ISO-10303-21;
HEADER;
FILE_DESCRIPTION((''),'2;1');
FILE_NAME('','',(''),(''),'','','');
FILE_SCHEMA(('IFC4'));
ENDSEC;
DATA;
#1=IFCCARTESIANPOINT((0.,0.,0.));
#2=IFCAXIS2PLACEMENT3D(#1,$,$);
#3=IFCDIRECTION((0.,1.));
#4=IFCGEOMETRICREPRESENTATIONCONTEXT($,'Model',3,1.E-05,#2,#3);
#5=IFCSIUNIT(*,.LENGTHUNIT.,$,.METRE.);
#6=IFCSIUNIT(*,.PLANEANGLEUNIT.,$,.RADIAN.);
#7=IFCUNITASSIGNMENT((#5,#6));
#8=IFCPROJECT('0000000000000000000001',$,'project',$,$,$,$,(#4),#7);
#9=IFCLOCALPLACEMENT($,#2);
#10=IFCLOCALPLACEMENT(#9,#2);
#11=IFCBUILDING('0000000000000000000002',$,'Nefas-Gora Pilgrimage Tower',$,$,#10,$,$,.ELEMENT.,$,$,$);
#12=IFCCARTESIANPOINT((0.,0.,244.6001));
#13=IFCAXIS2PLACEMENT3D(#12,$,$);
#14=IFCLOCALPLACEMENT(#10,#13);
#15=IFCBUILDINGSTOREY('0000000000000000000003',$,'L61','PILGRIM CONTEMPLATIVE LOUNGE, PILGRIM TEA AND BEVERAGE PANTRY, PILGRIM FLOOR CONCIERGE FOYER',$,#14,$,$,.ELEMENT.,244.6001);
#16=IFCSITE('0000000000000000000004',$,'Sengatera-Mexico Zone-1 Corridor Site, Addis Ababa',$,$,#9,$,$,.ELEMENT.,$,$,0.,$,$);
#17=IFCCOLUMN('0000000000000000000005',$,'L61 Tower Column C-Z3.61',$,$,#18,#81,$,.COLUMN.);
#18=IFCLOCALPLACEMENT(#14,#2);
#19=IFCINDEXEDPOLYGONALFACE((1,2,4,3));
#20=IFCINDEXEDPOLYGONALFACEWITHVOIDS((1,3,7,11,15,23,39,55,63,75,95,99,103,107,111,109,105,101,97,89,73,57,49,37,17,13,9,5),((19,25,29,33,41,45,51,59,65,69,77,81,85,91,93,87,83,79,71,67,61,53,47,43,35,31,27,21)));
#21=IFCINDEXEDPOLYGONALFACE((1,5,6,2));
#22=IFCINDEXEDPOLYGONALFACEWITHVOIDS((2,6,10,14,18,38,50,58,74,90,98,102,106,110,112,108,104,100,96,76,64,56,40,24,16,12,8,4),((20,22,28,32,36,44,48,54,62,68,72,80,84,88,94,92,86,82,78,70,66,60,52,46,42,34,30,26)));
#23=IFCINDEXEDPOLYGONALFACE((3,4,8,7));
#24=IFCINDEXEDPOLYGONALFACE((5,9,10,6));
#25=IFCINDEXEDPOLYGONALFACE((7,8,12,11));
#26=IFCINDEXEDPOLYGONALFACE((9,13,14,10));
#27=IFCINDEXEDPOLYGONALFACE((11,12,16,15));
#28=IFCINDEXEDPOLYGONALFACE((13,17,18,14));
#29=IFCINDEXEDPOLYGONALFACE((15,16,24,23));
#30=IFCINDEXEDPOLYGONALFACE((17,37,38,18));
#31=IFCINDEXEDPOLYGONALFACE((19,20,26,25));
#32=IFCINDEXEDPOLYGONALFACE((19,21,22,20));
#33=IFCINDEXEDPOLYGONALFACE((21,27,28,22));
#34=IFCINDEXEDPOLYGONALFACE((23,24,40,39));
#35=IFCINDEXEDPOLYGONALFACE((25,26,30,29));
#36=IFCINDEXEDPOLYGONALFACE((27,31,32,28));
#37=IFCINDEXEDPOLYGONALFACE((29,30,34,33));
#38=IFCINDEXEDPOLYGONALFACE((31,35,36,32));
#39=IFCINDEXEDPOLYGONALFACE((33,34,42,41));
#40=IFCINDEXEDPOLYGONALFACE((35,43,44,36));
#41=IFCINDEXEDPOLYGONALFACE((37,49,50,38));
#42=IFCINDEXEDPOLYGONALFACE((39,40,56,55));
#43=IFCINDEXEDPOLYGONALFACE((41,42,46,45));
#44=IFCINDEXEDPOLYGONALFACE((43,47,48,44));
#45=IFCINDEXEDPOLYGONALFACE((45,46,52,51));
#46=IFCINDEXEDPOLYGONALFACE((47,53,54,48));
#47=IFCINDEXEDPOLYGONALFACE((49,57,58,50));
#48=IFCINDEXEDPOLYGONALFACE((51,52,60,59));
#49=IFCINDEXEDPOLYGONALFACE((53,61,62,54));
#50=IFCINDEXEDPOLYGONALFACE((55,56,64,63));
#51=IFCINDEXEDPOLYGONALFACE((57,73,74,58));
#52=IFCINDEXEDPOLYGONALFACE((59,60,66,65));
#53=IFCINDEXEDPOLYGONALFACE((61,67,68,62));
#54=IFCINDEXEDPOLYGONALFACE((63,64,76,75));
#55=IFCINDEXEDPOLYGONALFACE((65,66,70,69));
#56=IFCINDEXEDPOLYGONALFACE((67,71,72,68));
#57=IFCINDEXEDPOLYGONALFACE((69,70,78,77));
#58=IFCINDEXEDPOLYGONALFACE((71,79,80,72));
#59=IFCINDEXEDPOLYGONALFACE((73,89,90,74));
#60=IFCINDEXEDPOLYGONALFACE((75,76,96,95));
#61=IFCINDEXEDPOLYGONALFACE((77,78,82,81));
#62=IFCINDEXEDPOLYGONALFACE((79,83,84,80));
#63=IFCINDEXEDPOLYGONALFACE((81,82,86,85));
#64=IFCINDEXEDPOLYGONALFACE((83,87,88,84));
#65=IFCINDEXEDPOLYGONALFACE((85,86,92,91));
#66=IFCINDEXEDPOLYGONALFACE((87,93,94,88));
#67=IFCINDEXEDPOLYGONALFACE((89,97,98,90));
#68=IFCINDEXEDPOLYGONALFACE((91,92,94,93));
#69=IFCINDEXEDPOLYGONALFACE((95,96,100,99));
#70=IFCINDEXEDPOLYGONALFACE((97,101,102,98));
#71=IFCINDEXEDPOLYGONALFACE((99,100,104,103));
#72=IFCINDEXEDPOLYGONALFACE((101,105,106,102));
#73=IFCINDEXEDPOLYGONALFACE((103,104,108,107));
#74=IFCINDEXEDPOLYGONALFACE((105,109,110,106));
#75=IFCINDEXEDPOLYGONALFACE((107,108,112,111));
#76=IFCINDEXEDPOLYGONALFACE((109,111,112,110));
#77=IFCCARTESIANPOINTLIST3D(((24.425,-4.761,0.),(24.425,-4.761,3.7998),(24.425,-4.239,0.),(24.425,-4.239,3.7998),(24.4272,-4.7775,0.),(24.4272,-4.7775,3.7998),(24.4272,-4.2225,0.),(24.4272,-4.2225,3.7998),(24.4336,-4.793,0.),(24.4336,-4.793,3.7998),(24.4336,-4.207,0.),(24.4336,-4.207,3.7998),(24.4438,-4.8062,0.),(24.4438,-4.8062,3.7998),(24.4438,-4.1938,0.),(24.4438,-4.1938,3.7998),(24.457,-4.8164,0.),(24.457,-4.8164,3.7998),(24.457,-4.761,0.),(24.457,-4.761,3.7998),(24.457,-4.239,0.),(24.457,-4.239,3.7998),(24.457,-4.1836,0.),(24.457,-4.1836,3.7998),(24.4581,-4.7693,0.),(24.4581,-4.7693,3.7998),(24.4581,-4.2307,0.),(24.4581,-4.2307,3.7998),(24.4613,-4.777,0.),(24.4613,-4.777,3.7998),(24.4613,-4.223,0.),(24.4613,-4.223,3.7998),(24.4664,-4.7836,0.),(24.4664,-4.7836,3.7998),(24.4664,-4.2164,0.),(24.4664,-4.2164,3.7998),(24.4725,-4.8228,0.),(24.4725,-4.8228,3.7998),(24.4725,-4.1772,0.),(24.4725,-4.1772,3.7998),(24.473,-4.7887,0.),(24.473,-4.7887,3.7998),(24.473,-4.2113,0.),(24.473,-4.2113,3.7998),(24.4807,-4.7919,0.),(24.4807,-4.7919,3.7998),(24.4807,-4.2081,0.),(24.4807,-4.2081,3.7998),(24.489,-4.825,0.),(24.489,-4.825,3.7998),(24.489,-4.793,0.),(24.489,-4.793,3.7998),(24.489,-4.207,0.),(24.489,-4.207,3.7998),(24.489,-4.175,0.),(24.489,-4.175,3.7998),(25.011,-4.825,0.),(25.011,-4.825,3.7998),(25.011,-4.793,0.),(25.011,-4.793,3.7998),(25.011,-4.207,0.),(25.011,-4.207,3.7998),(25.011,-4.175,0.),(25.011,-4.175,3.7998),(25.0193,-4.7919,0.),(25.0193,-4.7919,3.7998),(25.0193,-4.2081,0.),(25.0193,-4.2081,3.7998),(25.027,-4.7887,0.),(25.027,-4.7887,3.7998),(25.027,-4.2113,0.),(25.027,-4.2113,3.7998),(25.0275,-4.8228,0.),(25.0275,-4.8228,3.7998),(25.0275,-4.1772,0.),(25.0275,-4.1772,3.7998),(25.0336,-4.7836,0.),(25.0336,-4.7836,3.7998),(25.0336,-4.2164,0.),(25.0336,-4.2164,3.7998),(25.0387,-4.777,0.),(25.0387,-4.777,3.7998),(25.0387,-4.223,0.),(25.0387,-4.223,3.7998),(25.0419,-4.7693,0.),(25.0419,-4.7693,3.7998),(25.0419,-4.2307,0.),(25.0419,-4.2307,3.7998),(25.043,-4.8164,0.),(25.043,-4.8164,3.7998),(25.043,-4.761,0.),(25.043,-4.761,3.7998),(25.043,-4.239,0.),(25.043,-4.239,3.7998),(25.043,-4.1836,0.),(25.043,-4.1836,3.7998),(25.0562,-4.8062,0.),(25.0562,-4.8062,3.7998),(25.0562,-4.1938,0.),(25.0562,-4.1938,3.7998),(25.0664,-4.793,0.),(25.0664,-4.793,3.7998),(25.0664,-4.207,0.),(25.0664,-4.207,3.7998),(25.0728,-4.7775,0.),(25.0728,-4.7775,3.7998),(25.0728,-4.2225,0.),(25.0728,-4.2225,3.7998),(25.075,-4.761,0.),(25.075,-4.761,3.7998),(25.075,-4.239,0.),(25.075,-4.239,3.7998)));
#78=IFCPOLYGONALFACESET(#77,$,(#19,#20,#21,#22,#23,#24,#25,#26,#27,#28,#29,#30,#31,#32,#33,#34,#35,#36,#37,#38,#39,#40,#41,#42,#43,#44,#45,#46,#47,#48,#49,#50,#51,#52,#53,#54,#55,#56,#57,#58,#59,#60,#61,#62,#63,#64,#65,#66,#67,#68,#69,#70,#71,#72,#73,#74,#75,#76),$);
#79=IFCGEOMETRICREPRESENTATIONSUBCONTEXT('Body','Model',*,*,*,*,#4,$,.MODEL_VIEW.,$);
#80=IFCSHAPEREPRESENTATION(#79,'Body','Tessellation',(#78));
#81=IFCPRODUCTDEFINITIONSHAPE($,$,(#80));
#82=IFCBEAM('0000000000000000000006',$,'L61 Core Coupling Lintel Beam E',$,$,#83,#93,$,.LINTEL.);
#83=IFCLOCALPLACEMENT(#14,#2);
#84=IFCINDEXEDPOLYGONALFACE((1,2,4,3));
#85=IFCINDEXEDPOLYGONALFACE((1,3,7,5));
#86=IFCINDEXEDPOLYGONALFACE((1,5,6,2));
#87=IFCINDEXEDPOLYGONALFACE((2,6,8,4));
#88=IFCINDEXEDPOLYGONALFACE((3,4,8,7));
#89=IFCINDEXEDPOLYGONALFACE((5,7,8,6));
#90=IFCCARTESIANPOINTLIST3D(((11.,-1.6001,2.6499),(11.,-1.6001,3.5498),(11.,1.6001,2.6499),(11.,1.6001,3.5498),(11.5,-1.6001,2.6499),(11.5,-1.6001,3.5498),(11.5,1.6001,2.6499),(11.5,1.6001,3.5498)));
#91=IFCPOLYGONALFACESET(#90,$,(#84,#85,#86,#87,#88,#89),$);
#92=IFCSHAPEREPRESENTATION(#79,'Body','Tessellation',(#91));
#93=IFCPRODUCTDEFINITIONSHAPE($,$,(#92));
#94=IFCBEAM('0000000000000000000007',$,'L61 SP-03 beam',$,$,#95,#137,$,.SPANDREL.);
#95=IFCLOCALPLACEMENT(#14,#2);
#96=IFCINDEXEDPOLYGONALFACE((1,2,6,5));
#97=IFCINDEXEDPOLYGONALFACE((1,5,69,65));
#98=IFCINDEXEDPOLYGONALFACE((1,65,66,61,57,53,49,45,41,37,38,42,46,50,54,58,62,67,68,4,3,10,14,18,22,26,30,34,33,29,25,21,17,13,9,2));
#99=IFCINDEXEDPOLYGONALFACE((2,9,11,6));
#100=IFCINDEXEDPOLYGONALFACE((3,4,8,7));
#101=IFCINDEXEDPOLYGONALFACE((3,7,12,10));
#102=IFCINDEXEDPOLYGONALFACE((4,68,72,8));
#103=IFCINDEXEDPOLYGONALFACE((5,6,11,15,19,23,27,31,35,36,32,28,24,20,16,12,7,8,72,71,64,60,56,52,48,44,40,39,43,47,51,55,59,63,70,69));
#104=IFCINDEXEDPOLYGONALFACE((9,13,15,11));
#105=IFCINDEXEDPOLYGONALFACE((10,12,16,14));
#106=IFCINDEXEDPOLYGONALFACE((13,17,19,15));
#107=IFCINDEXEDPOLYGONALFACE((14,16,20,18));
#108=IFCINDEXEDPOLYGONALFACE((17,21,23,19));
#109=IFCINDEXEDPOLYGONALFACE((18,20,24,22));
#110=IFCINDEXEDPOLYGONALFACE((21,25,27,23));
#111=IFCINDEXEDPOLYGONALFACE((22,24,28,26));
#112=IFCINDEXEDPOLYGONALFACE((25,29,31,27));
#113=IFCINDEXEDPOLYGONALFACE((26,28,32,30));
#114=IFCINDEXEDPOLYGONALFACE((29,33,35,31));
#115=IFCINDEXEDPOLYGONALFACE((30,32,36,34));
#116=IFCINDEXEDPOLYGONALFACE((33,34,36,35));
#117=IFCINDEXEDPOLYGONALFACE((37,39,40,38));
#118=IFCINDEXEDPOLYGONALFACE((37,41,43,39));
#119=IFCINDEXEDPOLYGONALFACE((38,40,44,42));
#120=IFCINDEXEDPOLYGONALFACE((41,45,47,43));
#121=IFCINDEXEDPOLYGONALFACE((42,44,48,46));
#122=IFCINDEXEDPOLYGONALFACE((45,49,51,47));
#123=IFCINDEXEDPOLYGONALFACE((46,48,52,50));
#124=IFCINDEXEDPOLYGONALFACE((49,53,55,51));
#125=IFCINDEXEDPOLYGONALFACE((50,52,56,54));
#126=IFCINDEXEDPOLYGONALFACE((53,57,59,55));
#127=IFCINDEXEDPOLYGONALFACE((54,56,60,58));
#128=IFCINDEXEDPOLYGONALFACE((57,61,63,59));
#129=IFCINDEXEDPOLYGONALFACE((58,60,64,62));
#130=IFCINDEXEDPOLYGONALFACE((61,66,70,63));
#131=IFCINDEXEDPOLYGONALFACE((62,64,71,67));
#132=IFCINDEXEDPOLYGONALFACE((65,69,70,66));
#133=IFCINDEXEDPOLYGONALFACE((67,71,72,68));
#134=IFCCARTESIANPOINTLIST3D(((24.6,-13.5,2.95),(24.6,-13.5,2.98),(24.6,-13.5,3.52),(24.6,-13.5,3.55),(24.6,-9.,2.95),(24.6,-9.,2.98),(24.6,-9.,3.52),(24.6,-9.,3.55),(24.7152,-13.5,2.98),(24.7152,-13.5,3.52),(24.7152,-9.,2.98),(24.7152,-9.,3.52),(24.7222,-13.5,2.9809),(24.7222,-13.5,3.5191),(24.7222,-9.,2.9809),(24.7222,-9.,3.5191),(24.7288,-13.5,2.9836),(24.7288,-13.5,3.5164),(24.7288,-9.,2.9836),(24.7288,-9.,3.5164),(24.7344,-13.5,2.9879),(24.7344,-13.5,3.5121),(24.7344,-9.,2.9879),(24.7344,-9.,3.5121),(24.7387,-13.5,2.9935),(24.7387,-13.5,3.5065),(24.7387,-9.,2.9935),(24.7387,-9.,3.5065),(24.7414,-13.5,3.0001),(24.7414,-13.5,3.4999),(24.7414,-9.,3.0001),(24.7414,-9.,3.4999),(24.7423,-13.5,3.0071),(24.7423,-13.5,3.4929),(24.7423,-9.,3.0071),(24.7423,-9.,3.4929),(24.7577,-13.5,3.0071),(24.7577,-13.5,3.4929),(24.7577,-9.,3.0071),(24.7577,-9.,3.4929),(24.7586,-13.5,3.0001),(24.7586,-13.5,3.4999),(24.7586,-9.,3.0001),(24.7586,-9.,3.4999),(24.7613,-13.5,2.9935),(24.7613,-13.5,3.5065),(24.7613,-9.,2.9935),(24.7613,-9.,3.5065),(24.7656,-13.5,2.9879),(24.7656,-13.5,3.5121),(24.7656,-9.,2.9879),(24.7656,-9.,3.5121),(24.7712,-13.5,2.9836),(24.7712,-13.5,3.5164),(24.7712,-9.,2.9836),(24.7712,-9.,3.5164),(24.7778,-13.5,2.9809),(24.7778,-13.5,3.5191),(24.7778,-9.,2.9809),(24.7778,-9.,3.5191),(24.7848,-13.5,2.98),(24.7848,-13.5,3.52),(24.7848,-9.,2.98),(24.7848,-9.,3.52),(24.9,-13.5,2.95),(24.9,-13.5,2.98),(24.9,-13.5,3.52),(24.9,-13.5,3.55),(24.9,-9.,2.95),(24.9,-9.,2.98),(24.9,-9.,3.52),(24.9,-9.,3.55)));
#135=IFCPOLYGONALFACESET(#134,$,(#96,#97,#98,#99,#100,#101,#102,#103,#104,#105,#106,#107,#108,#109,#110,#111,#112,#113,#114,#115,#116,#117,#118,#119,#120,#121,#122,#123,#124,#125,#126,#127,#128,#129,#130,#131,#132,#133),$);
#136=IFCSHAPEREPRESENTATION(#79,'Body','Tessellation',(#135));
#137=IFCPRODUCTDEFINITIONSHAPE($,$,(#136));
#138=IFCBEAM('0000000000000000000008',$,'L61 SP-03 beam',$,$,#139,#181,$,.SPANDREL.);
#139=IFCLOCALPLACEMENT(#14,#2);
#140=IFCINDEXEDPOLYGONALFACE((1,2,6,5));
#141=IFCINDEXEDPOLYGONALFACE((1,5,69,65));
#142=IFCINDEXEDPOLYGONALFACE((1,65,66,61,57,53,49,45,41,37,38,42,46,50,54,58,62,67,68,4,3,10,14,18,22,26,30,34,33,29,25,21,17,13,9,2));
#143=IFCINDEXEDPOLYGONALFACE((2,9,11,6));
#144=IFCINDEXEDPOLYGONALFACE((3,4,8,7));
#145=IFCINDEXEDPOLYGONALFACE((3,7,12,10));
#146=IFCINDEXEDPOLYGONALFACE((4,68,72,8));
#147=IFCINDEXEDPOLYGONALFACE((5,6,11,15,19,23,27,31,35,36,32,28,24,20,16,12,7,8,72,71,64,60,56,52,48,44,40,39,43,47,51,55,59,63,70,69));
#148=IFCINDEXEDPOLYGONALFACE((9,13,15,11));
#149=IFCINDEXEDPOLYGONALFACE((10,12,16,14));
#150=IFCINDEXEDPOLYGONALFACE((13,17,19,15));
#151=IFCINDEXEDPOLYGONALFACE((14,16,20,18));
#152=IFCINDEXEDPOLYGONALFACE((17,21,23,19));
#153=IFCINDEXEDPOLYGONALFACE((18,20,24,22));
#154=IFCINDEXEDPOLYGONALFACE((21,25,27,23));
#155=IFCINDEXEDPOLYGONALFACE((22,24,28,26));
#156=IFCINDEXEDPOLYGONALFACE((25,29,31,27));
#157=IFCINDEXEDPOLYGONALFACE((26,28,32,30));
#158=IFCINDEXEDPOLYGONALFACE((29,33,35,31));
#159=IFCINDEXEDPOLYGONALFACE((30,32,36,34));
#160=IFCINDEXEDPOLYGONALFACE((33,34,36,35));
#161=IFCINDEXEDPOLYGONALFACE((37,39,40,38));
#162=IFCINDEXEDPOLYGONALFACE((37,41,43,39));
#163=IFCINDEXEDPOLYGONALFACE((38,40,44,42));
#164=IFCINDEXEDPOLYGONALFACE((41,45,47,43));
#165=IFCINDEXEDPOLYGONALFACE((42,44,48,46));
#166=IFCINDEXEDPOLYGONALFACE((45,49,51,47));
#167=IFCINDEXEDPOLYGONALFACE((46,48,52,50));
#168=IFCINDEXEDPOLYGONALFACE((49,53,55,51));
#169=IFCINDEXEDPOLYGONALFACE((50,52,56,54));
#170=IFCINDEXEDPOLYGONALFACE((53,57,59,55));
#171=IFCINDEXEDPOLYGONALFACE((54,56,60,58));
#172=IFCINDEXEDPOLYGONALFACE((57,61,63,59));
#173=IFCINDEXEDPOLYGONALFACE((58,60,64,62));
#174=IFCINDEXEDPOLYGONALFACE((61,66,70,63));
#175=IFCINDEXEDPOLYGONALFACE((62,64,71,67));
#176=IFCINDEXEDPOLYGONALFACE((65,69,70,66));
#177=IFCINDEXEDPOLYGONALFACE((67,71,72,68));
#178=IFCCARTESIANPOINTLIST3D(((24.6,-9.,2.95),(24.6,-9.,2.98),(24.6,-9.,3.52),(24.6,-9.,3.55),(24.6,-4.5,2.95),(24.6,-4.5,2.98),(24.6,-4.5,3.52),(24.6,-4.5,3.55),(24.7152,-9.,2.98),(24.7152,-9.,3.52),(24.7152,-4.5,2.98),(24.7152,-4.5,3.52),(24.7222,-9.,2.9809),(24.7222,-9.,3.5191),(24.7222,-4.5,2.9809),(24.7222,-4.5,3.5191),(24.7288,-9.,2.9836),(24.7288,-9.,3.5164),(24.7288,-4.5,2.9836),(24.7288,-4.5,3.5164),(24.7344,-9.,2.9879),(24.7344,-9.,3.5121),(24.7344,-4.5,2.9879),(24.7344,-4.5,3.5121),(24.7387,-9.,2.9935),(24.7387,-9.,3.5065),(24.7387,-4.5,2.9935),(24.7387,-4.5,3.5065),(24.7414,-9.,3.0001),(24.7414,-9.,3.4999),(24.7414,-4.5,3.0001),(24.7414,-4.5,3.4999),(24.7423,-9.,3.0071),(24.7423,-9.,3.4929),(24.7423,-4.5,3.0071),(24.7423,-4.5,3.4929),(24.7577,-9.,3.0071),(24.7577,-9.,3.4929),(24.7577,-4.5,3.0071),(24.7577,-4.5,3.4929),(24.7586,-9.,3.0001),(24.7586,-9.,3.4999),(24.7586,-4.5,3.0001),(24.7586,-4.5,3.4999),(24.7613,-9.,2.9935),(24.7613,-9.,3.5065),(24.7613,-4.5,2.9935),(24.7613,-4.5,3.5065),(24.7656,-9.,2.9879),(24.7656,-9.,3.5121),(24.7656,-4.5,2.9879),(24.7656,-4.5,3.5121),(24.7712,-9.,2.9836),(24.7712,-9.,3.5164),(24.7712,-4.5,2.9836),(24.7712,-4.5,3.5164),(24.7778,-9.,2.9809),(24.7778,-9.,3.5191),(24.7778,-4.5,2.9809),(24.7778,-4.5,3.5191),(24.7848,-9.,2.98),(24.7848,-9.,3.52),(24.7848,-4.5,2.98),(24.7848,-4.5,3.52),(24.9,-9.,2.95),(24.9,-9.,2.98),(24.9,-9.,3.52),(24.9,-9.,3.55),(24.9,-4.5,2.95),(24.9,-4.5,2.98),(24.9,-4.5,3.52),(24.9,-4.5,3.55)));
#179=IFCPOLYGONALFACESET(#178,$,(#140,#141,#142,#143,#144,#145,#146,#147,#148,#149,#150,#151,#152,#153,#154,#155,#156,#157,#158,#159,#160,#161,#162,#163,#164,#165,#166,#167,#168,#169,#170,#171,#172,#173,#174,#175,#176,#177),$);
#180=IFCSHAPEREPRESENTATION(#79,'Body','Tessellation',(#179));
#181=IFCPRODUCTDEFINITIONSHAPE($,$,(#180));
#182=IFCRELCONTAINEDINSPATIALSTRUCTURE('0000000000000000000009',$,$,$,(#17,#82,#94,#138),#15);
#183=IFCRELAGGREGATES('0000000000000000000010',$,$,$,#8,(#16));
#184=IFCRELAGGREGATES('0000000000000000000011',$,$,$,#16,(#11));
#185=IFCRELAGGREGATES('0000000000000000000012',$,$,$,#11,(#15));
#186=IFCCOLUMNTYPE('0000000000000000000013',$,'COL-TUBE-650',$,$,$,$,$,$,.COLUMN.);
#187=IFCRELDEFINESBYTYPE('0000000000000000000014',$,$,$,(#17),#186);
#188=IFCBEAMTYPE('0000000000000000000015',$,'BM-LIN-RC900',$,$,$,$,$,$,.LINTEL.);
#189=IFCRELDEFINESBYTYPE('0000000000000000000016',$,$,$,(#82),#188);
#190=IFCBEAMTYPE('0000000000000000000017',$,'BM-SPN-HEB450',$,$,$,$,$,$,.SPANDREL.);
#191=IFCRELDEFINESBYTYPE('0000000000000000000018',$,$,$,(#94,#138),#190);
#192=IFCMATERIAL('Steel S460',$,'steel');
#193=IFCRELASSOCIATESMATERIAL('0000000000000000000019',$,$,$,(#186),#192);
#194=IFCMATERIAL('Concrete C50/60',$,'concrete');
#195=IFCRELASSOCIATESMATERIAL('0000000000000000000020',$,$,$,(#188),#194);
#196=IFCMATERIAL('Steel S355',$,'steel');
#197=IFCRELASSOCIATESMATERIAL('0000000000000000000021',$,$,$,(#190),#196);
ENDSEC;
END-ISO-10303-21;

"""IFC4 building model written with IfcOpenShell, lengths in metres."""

from ifc_helpers import new_model, si_unit, direction, frame, origin, origin_2d, place, context, subcontext, project, spatial, rectangle, hollow_rectangle, i_section, extrude, source, transform, mapped, material, material_profile, profile_set, type_object, element, save


model = new_model("IFC4")

# Units and contexts
model_context = context("Model", 3, precision=1e-05, world=origin(), true_north=direction((0.0, 1.0)))
body_context = subcontext(model_context, "Body", "Model", "MODEL_VIEW")
ifc_project = project(units=[si_unit("LENGTHUNIT", "METRE"), si_unit("PLANEANGLEUNIT", "RADIAN")], contexts=[model_context])

# Site, building, storey
site_placement = place(None, origin())
site = spatial("IfcSite", under=ifc_project, at=site_placement, Name="Sengatera-Mexico Zone-1 Corridor Site, Addis Ababa", CompositionType="ELEMENT", RefElevation=0.0)
building_placement = place(site_placement, origin())
building = spatial("IfcBuilding", under=site, at=building_placement, Name="Nefas-Gora Pilgrimage Tower", CompositionType="ELEMENT")
storey_placement = place(building_placement, frame((0.0, 0.0, 244.6001)))
storey = spatial("IfcBuildingStorey", under=building, at=storey_placement, Name="L61", Description="PILGRIM CONTEMPLATIVE LOUNGE, PILGRIM TEA AND BEVERAGE PANTRY, PILGRIM FLOOR CONCIERGE FOYER", CompositionType="ELEMENT", Elevation=244.6001)

# Column
ifc_material_1 = material(Name="Steel S460", Category="steel")
ifc_material_profile_1 = material_profile(ifc_material_1, hollow_rectangle(XDim=0.6499, YDim=0.6499, WallThickness=0.032, InnerFilletRadius=0.032, OuterFilletRadius=0.064, at=origin_2d()), Name="BOX 650x650x32")
ifc_profile_set_1 = profile_set([ifc_material_profile_1], Name="Steel S460")
column_type_1 = type_object("IfcColumnType", Name="COL-TUBE-650", PredefinedType="COLUMN", material=ifc_profile_set_1)
shared_shape_1 = source(origin(), body_context, "Body", "SweptSolid", [
    extrude(hollow_rectangle(XDim=0.6499, YDim=0.6499, WallThickness=0.032, InnerFilletRadius=0.032, OuterFilletRadius=0.064, at=origin_2d()), origin(), (0.0, 0.0, 1.0), 3.7998),
])
for number, where, z_axis, x_axis, name in (
    (1, (24.75, -4.5, 0.0), (0.0, 0.0, 1.0), (1.0, 0.0, 0.0), "L61 Tower Column C-Z3.61"),
):
    element("IfcColumn", number, at=place(storey_placement, frame(where, z_axis=z_axis, x_axis=x_axis)), inside=storey, type_object=column_type_1, Name=name, PredefinedType="COLUMN", context=body_context, shape_type="MappedRepresentation", body=[
        mapped(shared_shape_1, transform((0.0, 0.0, 0.0), x_axis=(1.0, 0.0, 0.0), y_axis=(0.0, 1.0, 0.0), z_axis=(0.0, 0.0, 1.0), scale=1.0)),
    ])

# Beams
ifc_material_2 = material(Name="Concrete C50/60", Category="concrete")
ifc_material_profile_2 = material_profile(ifc_material_2, rectangle(XDim=0.5, YDim=0.8999, at=origin_2d()), Name="RC 500x900")
ifc_profile_set_2 = profile_set([ifc_material_profile_2], Name="Concrete C50/60")
beam_type_1 = type_object("IfcBeamType", Name="BM-LIN-RC900", PredefinedType="LINTEL", material=ifc_profile_set_2)
shared_shape_2 = source(origin(), body_context, "Body", "SweptSolid", [
    extrude(rectangle(XDim=0.5, YDim=0.8999, at=origin_2d()), origin(), (0.0, 0.0, 1.0), 3.2002),
])
beam_placement = place(storey_placement, frame((11.25, -1.6001, 3.0999), z_axis=(0.0, 1.0, 0.0), x_axis=(-1.0, 0.0, 0.0)))
element("IfcBeam", 2, at=beam_placement, inside=storey, type_object=beam_type_1, Name="L61 Core Coupling Lintel Beam E", PredefinedType="LINTEL", context=body_context, shape_type="MappedRepresentation", body=[
    mapped(shared_shape_2, transform((0.0, 0.0, 0.0), x_axis=(1.0, 0.0, 0.0), y_axis=(0.0, 1.0, 0.0), z_axis=(0.0, 0.0, 1.0), scale=1.0)),
])
ifc_material_3 = material(Name="Steel S355", Category="steel")
ifc_material_profile_3 = material_profile(ifc_material_3, i_section(OverallWidth=0.3, OverallDepth=0.6001, WebThickness=0.0154, FlangeThickness=0.03, FilletRadius=0.0271, at=origin_2d()), Name="HEB 600")
ifc_profile_set_3 = profile_set([ifc_material_profile_3], Name="Steel S355")
beam_type_2 = type_object("IfcBeamType", Name="BM-SPN-HEB450", PredefinedType="SPANDREL", material=ifc_profile_set_3)
shared_shape_3 = source(origin(), body_context, "Body", "SweptSolid", [
    extrude(i_section(OverallWidth=0.3, OverallDepth=0.6001, WebThickness=0.0154, FlangeThickness=0.03, FilletRadius=0.0271, at=origin_2d()), origin(), (0.0, 0.0, 1.0), 4.5),
])
for number, where, z_axis, x_axis, name in (
    (3, (24.75, -13.5, 3.25), (0.0, 1.0, 0.0), (-1.0, 0.0, 0.0), "L61 SP-03 beam"),
    (4, (24.75, -9.0, 3.25), (0.0, 1.0, 0.0), (-1.0, 0.0, 0.0), "L61 SP-03 beam"),
):
    element("IfcBeam", number, at=place(storey_placement, frame(where, z_axis=z_axis, x_axis=x_axis)), inside=storey, type_object=beam_type_2, Name=name, PredefinedType="SPANDREL", context=body_context, shape_type="MappedRepresentation", body=[
        mapped(shared_shape_3, transform((0.0, 0.0, 0.0), x_axis=(1.0, 0.0, 0.0), y_axis=(0.0, 1.0, 0.0), z_axis=(0.0, 0.0, 1.0), scale=1.0)),
    ])

save(model, "model.ifc")
